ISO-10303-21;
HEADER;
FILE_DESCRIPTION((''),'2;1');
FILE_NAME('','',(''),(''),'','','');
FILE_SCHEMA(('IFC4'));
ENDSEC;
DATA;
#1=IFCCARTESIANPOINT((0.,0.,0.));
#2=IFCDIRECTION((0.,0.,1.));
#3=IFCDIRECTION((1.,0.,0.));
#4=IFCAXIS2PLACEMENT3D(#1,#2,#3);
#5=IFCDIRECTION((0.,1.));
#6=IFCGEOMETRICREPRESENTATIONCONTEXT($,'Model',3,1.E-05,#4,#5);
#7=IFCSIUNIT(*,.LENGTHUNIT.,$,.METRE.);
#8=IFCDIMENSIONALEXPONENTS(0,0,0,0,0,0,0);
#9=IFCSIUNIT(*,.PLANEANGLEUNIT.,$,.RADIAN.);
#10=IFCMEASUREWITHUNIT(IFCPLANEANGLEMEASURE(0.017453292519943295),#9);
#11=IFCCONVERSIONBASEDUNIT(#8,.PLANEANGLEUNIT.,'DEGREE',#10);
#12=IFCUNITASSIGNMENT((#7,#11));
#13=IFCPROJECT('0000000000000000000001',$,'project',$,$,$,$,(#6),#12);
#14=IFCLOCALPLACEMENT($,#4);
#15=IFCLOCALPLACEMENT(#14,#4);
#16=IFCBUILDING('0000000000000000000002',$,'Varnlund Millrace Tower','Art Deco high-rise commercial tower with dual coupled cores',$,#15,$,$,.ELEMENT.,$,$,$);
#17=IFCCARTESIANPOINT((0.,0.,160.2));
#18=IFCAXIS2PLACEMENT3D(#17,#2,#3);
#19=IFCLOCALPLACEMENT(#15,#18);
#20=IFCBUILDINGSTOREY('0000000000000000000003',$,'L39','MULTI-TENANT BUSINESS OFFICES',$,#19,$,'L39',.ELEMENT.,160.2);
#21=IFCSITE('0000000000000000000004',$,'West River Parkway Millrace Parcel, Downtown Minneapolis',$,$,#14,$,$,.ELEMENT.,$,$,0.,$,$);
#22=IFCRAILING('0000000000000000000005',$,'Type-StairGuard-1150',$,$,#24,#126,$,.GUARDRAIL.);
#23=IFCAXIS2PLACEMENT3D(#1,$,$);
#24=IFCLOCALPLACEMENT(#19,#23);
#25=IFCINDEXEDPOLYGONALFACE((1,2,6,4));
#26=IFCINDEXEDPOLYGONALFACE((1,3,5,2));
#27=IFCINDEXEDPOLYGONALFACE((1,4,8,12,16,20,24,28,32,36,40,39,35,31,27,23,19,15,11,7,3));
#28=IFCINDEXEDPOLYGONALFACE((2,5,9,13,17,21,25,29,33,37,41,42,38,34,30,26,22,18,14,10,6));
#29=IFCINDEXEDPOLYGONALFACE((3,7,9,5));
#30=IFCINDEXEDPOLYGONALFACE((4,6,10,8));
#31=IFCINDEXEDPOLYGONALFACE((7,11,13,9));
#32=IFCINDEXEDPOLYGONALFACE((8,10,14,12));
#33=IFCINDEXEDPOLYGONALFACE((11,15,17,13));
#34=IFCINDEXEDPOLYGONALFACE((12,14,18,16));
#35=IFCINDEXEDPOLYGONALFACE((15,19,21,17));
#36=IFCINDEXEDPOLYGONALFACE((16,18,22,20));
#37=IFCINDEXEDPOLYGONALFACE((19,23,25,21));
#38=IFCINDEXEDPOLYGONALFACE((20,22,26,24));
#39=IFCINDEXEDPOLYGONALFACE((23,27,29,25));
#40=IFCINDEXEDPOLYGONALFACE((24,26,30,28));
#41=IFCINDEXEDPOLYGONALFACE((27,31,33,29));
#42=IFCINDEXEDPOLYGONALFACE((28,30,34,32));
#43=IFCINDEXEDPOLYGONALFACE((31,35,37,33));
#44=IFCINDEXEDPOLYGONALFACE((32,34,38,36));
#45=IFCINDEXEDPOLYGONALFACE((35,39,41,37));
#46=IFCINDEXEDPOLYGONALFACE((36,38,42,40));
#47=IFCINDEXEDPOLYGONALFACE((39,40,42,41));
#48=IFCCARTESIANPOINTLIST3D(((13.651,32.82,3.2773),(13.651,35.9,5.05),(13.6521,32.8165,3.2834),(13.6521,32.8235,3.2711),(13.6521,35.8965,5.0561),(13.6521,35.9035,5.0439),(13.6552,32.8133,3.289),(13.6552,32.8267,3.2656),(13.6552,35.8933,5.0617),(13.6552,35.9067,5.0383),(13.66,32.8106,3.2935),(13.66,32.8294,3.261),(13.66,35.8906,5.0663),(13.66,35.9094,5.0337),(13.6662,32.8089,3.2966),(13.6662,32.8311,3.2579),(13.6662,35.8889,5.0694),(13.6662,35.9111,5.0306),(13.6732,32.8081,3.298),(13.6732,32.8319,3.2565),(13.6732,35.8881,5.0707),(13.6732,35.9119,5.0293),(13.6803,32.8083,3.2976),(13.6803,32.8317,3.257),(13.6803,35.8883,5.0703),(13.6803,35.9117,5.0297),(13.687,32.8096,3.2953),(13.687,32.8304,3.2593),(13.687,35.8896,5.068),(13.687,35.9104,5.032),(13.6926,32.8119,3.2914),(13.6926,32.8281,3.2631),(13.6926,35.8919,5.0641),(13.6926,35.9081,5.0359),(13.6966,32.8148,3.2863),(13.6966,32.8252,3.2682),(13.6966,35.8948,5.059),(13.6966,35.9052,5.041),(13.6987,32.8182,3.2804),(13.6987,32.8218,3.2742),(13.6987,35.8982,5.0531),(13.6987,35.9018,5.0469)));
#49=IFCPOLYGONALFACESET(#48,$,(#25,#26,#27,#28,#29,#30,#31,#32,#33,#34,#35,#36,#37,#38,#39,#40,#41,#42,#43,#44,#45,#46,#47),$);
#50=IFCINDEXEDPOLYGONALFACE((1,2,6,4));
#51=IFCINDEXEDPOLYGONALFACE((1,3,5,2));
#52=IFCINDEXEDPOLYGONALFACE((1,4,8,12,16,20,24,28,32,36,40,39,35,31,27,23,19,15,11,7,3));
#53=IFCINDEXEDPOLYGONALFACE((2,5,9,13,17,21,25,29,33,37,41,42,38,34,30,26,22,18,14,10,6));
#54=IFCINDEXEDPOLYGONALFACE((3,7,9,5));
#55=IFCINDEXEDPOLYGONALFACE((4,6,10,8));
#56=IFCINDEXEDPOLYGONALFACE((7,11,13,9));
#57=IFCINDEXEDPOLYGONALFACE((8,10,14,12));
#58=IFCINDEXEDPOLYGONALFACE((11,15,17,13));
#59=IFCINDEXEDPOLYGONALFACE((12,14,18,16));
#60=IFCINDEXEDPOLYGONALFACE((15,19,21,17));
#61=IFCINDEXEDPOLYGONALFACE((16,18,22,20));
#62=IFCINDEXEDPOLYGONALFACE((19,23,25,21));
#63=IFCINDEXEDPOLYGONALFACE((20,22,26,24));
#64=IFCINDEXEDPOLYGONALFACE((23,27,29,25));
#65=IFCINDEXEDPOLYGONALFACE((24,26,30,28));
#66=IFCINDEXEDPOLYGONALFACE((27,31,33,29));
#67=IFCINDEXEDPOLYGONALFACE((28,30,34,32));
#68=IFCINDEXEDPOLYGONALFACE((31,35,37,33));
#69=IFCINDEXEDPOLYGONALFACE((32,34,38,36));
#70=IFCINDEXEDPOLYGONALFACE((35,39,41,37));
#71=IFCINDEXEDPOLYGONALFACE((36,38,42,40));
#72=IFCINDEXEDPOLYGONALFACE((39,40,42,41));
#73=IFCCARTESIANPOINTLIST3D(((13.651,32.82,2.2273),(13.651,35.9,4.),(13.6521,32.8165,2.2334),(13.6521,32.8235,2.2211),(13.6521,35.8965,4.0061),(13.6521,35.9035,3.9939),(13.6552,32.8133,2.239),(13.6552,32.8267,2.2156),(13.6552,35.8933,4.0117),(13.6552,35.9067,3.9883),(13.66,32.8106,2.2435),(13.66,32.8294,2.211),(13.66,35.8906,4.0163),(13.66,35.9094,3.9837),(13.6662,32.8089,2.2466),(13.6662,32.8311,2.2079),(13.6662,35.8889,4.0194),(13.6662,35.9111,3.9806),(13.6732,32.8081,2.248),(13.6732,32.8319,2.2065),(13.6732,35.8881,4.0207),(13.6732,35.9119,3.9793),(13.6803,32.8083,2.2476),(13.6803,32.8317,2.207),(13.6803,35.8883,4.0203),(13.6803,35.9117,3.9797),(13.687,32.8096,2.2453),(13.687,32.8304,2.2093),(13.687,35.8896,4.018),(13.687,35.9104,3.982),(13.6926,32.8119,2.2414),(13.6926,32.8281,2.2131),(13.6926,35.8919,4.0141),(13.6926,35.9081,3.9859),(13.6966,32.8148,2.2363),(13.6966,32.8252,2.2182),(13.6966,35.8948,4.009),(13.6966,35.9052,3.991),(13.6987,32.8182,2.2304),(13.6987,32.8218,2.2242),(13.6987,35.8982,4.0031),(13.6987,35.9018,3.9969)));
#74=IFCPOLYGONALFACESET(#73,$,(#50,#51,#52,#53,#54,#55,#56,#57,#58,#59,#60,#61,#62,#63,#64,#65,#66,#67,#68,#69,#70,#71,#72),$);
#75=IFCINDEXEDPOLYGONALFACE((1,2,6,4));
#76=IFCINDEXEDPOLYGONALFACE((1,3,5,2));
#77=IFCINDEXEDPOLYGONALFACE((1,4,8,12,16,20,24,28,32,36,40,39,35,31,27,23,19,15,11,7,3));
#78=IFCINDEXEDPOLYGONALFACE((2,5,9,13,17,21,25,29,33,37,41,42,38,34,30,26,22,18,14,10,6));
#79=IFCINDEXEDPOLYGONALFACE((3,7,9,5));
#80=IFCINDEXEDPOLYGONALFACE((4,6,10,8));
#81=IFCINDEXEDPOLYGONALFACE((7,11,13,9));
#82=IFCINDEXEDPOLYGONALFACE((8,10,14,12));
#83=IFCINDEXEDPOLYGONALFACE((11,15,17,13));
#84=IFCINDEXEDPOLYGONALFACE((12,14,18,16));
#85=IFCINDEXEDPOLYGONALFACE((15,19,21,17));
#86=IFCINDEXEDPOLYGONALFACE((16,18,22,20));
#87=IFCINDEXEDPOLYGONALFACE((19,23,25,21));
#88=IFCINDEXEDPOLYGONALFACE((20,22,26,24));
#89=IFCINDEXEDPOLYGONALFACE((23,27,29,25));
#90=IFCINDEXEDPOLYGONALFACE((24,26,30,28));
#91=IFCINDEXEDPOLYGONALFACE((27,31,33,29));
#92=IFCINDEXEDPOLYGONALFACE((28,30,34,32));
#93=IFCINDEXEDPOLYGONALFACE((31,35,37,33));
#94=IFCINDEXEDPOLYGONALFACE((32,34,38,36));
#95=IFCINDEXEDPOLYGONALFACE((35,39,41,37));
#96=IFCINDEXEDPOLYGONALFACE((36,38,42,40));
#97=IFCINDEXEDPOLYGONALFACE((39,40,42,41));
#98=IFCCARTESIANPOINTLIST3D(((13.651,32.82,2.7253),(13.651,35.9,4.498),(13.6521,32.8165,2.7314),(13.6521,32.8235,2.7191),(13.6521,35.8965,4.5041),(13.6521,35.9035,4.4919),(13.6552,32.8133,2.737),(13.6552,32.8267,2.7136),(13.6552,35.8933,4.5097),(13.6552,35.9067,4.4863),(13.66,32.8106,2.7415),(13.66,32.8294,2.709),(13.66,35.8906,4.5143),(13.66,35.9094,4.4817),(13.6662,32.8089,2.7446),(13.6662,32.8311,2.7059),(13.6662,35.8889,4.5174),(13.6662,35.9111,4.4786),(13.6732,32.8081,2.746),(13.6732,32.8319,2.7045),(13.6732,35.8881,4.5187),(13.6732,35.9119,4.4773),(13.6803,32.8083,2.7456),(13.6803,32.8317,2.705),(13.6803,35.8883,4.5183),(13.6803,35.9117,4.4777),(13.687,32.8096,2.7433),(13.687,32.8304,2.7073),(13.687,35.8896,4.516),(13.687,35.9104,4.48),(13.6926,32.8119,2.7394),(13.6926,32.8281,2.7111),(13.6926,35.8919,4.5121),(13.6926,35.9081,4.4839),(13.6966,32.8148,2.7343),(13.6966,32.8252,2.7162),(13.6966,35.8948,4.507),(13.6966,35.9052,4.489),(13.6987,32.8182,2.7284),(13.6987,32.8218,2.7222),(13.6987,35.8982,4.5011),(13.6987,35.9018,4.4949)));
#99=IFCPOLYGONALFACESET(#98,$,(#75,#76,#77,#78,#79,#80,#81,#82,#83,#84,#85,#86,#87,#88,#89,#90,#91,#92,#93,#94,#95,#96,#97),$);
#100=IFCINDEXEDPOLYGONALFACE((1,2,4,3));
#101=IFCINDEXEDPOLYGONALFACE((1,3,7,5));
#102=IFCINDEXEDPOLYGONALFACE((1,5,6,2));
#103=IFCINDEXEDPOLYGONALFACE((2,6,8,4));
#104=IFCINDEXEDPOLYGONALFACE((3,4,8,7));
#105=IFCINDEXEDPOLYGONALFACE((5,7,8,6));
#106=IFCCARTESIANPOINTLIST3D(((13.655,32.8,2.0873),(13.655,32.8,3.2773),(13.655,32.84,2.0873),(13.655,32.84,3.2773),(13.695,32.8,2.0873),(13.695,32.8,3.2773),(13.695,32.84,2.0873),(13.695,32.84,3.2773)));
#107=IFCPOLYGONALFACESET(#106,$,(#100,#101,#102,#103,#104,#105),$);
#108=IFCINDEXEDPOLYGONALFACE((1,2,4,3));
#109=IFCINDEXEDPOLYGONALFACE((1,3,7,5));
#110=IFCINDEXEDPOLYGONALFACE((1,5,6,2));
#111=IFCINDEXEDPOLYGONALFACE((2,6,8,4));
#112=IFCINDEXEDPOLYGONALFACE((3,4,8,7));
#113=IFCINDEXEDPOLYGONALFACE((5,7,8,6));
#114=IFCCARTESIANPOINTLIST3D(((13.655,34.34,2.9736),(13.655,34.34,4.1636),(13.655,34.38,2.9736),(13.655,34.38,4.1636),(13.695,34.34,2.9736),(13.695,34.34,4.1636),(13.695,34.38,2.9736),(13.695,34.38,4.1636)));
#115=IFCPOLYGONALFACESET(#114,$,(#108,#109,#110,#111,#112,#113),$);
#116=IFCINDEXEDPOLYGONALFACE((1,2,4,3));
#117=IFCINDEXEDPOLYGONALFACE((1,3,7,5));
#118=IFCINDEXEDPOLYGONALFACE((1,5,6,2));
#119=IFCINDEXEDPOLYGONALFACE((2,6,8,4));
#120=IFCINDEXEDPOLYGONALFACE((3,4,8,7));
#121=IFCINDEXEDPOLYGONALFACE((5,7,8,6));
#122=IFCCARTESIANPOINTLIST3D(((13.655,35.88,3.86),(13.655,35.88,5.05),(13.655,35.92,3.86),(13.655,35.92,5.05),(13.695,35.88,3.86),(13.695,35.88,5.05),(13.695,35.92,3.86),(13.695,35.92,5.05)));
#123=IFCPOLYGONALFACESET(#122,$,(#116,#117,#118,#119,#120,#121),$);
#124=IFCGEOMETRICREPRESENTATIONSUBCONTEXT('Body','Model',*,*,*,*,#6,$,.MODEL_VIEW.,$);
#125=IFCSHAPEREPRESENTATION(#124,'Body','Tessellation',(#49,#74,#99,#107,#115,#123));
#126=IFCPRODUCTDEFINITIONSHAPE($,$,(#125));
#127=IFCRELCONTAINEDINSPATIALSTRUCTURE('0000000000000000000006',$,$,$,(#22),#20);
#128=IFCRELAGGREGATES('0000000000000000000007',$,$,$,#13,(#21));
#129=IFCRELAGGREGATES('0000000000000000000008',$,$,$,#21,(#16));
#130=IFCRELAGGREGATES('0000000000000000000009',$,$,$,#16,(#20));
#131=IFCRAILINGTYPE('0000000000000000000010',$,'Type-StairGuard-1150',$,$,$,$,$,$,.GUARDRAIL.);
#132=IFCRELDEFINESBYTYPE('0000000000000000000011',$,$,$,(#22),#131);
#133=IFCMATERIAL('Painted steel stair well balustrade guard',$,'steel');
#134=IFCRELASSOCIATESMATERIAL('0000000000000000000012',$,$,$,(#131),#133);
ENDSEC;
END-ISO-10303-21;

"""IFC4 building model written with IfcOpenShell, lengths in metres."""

from ifc_helpers import new_model, entity, si_unit, converted_unit, direction, frame, origin_with_axes, origin_2d_with_axis, place, context, subcontext, project, spatial, rectangle, circle, extrude, material, type_object, element, save


model = new_model("IFC4")

# Units and contexts
model_context = context("Model", 3, precision=1e-05, world=origin_with_axes(), true_north=direction((0.0, 1.0)))
body_context = subcontext(model_context, "Body", "Model", "MODEL_VIEW")
ifc_project = project(units=[si_unit("LENGTHUNIT", "METRE"), converted_unit("PLANEANGLEUNIT", "DEGREE", entity("IfcPlaneAngleMeasure", 0.017453292519943295), si_unit("PLANEANGLEUNIT", "RADIAN"), dimensions=[0, 0, 0, 0, 0, 0, 0])], contexts=[model_context])

# Site, building, storey
site_placement = place(None, origin_with_axes())
site = spatial("IfcSite", under=ifc_project, at=site_placement, Name="West River Parkway Millrace Parcel, Downtown Minneapolis", CompositionType="ELEMENT", RefElevation=0.0)
building_placement = place(site_placement, origin_with_axes())
building = spatial("IfcBuilding", under=site, at=building_placement, Name="Varnlund Millrace Tower", Description="Art Deco high-rise commercial tower with dual coupled cores", CompositionType="ELEMENT")
storey_placement = place(building_placement, frame((0.0, 0.0, 160.2), z_axis=(0.0, 0.0, 1.0), x_axis=(1.0, 0.0, 0.0)))
storey = spatial("IfcBuildingStorey", under=building, at=storey_placement, Name="L39", Description="MULTI-TENANT BUSINESS OFFICES", LongName="L39", CompositionType="ELEMENT", Elevation=160.2)

# Railing
ifc_material_1 = material(Name="Painted steel stair well balustrade guard", Category="steel")
railing_type_1 = type_object("IfcRailingType", Name="Type-StairGuard-1150", PredefinedType="GUARDRAIL", material=ifc_material_1)
railing_1_placement = place(storey_placement, frame((0.0, 0.0, -160.2), z_axis=(0.0, 0.0, 1.0), x_axis=(1.0, 0.0, 0.0)))
element("IfcRailing", 1, at=railing_1_placement, inside=storey, type_object=railing_type_1, Name="Type-StairGuard-1150", PredefinedType="GUARDRAIL", context=body_context, shape_type="SweptSolid", body=[
    extrude(circle(Radius=0.024, at=origin_2d_with_axis()), frame((13.675, 32.82, 163.4773), z_axis=(0.0, 0.866696, 0.498836), x_axis=(-1.0, 0.0, 0.0)), (0.0, 0.0, 1.0), 3.5537),
    extrude(circle(Radius=0.024, at=origin_2d_with_axis()), frame((13.675, 32.82, 162.4273), z_axis=(0.0, 0.866696, 0.498836), x_axis=(-1.0, 0.0, 0.0)), (0.0, 0.0, 1.0), 3.5537),
    extrude(circle(Radius=0.024, at=origin_2d_with_axis()), frame((13.675, 32.82, 162.9253), z_axis=(0.0, 0.866696, 0.498836), x_axis=(-1.0, 0.0, 0.0)), (0.0, 0.0, 1.0), 3.5537),
    extrude(rectangle(XDim=0.04, YDim=0.04, at=origin_2d_with_axis()), frame((13.675, 32.82, 162.2873), z_axis=(0.0, 0.0, 1.0), x_axis=(1.0, 0.0, 0.0)), (0.0, 0.0, 1.0), 1.19),
    extrude(rectangle(XDim=0.04, YDim=0.04, at=origin_2d_with_axis()), frame((13.675, 34.36, 163.1736), z_axis=(0.0, 0.0, 1.0), x_axis=(1.0, 0.0, 0.0)), (0.0, 0.0, 1.0), 1.19),
    extrude(rectangle(XDim=0.04, YDim=0.04, at=origin_2d_with_axis()), frame((13.675, 35.9, 164.06), z_axis=(0.0, 0.0, 1.0), x_axis=(1.0, 0.0, 0.0)), (0.0, 0.0, 1.0), 1.19),
])

save(model, "model.ifc")
